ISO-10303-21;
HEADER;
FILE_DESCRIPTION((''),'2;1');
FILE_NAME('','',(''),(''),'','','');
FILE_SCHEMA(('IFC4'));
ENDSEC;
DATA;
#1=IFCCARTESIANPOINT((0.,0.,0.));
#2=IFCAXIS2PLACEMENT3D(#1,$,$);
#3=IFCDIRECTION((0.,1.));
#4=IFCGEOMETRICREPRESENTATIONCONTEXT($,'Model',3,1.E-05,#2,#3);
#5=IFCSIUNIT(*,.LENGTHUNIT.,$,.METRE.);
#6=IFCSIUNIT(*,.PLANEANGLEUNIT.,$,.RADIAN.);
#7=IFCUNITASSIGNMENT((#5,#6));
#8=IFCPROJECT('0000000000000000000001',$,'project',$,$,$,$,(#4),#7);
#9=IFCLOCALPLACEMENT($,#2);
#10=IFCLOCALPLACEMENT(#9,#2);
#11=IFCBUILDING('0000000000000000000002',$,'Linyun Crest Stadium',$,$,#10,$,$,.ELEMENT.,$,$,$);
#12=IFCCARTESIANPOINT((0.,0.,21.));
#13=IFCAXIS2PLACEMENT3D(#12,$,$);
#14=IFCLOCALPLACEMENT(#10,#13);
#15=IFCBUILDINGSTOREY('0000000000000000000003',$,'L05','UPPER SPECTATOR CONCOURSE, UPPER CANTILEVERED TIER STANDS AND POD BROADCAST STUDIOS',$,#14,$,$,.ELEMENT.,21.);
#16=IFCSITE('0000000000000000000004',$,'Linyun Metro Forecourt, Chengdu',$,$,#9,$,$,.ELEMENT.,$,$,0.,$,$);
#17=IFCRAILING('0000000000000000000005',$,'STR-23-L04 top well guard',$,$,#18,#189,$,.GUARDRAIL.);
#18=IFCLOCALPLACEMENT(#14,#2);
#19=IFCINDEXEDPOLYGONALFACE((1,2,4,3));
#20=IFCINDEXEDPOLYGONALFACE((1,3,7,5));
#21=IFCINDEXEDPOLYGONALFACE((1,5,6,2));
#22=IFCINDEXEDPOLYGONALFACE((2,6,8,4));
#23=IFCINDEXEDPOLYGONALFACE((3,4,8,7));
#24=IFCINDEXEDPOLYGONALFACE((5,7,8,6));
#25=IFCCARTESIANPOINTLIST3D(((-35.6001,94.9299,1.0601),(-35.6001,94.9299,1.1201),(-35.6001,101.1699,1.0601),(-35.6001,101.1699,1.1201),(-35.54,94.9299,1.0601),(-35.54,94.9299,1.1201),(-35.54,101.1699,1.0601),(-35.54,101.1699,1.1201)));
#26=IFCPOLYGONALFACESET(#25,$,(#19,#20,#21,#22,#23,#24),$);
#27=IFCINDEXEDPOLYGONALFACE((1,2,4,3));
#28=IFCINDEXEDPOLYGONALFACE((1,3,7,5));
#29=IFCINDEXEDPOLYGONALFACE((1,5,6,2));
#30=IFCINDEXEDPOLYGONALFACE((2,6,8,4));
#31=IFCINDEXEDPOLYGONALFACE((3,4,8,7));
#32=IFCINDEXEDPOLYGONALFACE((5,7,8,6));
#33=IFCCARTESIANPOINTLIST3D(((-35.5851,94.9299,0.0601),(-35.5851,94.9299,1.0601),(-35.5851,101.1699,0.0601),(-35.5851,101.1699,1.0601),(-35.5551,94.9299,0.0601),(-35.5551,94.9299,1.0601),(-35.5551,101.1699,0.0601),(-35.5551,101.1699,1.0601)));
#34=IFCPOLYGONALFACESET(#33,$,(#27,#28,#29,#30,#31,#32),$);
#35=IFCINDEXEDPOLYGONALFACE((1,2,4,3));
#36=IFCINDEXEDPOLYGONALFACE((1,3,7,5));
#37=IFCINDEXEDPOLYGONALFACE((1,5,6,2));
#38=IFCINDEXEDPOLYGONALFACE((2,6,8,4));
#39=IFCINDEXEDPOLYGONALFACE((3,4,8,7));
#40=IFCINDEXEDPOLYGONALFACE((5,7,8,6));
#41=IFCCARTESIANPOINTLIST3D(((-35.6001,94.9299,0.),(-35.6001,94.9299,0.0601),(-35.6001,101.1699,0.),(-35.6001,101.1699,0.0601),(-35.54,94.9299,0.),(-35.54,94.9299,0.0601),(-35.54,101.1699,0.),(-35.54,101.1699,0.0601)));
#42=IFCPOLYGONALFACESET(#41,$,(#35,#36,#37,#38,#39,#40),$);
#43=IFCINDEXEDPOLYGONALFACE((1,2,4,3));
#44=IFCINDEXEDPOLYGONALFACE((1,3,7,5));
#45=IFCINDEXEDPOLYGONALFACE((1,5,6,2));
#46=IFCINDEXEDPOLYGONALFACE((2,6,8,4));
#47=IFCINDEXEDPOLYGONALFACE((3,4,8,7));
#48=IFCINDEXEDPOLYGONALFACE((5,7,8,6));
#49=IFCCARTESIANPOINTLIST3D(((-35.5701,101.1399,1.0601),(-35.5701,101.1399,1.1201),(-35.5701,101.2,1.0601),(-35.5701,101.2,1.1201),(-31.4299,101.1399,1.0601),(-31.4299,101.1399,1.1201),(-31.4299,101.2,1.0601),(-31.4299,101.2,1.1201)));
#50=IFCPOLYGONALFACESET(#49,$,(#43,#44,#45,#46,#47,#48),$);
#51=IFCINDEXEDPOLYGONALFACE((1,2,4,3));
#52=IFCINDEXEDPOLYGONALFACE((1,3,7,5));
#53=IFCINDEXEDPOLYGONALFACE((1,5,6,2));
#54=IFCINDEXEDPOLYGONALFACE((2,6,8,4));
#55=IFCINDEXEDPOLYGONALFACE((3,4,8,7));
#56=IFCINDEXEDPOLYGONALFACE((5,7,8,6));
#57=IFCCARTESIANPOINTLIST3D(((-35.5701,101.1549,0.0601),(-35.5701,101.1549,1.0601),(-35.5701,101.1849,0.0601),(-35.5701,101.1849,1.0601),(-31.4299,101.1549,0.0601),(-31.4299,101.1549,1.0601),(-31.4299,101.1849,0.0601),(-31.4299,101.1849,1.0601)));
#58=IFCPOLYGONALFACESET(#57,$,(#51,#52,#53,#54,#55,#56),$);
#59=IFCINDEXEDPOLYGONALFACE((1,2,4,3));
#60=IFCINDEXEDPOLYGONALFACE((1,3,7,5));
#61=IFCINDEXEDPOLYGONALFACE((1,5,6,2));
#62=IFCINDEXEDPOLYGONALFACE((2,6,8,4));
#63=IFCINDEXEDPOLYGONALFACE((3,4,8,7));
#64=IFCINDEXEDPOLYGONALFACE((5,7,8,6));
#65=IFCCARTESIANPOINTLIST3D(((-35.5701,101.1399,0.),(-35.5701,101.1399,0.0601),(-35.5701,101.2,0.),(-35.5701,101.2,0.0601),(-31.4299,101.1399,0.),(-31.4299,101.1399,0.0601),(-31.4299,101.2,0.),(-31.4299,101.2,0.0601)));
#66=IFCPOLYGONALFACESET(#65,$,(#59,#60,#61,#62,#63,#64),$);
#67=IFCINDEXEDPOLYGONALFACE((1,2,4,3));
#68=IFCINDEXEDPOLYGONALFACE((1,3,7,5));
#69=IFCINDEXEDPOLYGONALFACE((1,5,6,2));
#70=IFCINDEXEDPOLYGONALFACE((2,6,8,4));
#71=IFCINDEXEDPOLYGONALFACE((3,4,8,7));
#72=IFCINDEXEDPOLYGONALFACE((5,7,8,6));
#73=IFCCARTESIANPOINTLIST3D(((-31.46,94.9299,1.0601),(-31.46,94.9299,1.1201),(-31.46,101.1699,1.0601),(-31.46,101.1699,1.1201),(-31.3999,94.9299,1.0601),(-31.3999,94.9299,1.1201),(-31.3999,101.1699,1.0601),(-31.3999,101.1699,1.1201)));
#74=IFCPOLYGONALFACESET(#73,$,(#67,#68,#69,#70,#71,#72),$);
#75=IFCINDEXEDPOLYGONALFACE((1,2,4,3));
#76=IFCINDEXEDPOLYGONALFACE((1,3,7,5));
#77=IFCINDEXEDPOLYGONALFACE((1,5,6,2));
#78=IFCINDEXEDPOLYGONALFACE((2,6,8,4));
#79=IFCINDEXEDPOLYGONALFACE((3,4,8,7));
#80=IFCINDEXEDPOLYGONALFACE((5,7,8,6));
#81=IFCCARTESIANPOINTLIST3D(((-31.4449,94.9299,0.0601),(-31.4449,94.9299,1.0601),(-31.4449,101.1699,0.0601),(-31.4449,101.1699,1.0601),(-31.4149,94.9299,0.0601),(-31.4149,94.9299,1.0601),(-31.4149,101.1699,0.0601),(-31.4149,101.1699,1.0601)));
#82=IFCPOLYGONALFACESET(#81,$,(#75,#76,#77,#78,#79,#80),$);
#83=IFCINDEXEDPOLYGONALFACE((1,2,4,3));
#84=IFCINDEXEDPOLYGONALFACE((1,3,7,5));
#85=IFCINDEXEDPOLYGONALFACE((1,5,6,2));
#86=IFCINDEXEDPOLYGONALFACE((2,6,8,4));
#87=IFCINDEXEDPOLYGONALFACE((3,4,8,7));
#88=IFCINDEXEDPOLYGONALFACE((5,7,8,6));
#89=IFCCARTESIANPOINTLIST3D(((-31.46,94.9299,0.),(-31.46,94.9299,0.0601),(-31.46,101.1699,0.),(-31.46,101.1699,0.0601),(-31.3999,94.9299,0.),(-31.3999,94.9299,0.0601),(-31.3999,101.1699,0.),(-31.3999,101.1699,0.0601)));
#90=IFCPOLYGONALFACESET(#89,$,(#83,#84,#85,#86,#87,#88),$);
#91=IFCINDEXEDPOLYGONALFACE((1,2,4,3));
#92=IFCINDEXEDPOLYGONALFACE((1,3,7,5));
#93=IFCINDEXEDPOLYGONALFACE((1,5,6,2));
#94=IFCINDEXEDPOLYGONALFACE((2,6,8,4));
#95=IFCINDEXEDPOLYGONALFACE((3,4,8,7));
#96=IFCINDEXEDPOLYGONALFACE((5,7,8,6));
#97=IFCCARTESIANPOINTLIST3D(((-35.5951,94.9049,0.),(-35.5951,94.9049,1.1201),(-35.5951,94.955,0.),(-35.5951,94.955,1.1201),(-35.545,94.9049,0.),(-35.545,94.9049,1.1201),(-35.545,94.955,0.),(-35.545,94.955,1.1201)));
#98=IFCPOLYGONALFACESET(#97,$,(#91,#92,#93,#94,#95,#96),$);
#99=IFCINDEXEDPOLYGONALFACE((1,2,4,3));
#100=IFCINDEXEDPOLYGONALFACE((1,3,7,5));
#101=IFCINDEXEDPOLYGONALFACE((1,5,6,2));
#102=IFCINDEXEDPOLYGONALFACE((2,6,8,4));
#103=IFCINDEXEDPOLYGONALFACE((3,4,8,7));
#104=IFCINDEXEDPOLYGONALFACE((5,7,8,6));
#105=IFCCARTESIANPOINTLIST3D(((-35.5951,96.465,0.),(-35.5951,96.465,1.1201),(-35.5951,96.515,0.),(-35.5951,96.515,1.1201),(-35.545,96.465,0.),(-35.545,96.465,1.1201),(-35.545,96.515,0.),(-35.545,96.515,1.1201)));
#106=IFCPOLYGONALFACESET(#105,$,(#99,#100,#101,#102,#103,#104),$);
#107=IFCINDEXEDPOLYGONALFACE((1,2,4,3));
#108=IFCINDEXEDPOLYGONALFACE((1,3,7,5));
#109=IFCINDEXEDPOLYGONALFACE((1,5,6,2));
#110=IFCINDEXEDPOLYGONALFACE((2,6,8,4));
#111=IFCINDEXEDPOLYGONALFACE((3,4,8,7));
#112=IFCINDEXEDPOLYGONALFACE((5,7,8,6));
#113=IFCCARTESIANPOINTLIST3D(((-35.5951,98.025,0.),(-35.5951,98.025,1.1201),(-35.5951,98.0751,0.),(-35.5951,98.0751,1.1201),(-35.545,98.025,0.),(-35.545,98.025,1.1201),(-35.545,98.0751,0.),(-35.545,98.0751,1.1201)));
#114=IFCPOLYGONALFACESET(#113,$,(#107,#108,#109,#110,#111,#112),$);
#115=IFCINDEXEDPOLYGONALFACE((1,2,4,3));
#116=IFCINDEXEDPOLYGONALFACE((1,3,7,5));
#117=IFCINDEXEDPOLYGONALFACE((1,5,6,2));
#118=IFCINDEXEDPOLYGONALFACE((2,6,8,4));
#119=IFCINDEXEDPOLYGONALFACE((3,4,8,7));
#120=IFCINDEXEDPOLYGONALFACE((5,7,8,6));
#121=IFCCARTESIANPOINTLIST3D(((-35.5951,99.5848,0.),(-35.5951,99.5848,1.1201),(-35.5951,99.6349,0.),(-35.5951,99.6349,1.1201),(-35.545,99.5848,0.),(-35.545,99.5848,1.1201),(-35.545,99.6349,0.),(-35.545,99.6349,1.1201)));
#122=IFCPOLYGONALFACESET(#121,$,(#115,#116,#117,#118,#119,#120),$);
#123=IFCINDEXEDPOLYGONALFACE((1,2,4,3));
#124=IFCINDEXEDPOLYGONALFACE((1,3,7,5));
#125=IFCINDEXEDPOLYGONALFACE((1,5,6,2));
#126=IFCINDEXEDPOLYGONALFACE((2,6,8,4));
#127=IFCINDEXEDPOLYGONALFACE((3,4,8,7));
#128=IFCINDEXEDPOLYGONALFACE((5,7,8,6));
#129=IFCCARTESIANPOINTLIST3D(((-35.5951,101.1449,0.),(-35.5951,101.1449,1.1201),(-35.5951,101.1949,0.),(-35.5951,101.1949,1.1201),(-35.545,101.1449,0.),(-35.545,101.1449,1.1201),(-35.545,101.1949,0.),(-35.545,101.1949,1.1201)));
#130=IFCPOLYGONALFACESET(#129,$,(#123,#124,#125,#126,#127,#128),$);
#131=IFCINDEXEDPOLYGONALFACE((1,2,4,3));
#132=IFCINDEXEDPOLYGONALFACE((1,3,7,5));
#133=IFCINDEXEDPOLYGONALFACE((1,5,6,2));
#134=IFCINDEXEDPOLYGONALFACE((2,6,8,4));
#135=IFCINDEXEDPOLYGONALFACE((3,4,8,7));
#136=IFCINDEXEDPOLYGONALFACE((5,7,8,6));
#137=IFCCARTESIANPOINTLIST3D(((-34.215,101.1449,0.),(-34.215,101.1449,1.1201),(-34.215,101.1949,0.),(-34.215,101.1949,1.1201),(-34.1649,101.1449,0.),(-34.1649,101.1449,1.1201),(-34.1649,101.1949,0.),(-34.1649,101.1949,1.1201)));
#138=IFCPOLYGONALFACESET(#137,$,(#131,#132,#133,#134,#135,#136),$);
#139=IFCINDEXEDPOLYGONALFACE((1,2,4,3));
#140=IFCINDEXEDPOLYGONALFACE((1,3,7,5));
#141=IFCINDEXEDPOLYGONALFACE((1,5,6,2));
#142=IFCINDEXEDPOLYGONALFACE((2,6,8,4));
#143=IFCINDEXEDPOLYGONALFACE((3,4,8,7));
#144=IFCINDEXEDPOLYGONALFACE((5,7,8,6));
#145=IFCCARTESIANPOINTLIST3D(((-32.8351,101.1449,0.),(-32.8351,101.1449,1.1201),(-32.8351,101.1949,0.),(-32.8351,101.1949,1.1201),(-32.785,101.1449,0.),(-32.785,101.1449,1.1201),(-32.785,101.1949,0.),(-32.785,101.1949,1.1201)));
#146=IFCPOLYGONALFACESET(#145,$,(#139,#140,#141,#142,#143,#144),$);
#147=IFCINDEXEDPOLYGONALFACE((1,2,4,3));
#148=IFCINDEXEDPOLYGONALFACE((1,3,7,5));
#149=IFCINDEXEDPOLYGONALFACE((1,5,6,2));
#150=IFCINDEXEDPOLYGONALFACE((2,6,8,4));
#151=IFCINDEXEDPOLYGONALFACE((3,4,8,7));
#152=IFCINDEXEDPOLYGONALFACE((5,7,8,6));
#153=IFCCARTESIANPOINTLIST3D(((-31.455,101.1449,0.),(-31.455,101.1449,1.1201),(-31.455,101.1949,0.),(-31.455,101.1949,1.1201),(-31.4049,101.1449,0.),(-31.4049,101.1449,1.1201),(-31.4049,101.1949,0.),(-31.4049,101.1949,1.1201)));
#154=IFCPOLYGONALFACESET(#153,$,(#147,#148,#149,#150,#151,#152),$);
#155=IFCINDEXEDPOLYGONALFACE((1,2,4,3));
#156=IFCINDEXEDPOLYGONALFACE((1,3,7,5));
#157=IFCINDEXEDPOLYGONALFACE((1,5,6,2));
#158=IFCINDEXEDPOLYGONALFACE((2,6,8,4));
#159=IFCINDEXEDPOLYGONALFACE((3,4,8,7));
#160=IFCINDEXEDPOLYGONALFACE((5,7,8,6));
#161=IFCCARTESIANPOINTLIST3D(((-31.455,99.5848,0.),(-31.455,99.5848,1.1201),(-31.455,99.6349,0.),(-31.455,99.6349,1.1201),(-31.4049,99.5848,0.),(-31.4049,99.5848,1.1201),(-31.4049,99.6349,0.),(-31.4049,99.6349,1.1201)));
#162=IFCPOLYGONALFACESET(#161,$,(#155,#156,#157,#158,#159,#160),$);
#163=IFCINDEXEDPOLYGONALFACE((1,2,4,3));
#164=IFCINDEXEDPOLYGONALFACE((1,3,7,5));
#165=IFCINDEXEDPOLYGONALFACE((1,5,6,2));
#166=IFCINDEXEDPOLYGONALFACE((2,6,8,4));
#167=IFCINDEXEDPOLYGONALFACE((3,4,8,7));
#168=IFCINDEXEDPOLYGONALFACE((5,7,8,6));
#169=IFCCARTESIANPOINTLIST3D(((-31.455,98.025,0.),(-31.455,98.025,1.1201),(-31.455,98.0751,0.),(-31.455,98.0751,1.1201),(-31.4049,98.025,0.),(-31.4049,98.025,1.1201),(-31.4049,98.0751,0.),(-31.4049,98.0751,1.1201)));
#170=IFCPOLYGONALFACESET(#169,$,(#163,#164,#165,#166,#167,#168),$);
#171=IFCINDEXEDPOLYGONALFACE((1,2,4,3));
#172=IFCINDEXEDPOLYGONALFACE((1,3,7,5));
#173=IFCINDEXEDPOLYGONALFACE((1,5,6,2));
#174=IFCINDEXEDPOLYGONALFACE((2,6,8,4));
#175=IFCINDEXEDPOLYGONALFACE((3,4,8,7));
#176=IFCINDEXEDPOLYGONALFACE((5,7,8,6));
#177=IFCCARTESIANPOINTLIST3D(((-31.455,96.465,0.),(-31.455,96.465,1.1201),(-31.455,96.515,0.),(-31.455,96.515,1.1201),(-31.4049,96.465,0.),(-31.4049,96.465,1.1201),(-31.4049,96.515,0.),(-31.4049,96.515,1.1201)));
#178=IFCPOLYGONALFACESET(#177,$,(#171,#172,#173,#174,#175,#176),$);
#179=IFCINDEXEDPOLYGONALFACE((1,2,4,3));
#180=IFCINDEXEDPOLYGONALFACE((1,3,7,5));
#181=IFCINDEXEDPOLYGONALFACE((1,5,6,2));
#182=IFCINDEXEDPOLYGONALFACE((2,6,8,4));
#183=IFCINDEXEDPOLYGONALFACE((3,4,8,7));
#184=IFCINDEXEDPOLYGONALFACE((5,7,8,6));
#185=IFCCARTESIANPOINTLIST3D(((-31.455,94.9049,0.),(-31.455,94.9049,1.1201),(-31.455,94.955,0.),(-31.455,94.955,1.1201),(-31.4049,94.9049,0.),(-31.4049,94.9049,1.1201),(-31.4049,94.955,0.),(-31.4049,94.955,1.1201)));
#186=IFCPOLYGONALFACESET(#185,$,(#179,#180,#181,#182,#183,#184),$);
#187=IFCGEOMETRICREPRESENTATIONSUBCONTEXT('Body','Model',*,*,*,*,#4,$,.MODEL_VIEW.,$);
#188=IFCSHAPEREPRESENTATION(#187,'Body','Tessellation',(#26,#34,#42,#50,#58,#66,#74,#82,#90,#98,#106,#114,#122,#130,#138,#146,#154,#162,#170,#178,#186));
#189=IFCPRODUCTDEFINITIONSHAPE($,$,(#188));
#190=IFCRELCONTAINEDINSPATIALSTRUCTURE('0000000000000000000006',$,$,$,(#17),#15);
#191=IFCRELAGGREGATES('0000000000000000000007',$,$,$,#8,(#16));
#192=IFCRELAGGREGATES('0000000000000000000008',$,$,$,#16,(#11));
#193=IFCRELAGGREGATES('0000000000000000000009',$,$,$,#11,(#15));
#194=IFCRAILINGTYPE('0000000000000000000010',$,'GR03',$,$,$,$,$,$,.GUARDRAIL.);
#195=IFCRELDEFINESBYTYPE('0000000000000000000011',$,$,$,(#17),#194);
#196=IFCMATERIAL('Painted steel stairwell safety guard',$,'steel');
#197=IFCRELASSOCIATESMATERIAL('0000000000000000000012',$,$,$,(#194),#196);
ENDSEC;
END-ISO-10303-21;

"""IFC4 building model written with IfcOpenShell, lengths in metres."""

from ifc_helpers import new_model, si_unit, direction, frame, origin, origin_2d, place, context, subcontext, project, spatial, rectangle, extrude, material, type_object, element, save


model = new_model("IFC4")

# Units and contexts
model_context = context("Model", 3, precision=1e-05, world=origin(), true_north=direction((0.0, 1.0)))
body_context = subcontext(model_context, "Body", "Model", "MODEL_VIEW")
ifc_project = project(units=[si_unit("LENGTHUNIT", "METRE"), si_unit("PLANEANGLEUNIT", "RADIAN")], contexts=[model_context])

# Site, building, storey
site_placement = place(None, origin())
site = spatial("IfcSite", under=ifc_project, at=site_placement, Name="Linyun Metro Forecourt, Chengdu", CompositionType="ELEMENT", RefElevation=0.0)
building_placement = place(site_placement, origin())
building = spatial("IfcBuilding", under=site, at=building_placement, Name="Linyun Crest Stadium", CompositionType="ELEMENT")
storey_placement = place(building_placement, frame((0.0, 0.0, 21.0)))
storey = spatial("IfcBuildingStorey", under=building, at=storey_placement, Name="L05", Description="UPPER SPECTATOR CONCOURSE, UPPER CANTILEVERED TIER STANDS AND POD BROADCAST STUDIOS", CompositionType="ELEMENT", Elevation=21.0)

# Railing
ifc_material_1 = material(Name="Painted steel stairwell safety guard", Category="steel")
railing_type_1 = type_object("IfcRailingType", Name="GR03", PredefinedType="GUARDRAIL", material=ifc_material_1)
railing_1_placement = place(storey_placement, frame((-35.5701, 94.9299, 0.0)))
element("IfcRailing", 1, at=railing_1_placement, inside=storey, type_object=railing_type_1, Name="STR-23-L04 top well guard", PredefinedType="GUARDRAIL", context=body_context, shape_type="SweptSolid", body=[
    extrude(rectangle(XDim=0.0601, YDim=0.0601, at=origin_2d()), frame((0.0, 0.0, 1.0901), z_axis=(0.0, 1.0, 0.0), x_axis=(-1.0, 0.0, 0.0)), (0.0, 0.0, 1.0), 6.24),
    extrude(rectangle(XDim=0.03, YDim=1.0, at=origin_2d()), frame((0.0, 0.0, 0.5601), z_axis=(0.0, 1.0, 0.0), x_axis=(-1.0, 0.0, 0.0)), (0.0, 0.0, 1.0), 6.24),
    extrude(rectangle(XDim=0.0601, YDim=0.0601, at=origin_2d()), frame((0.0, 0.0, 0.03), z_axis=(0.0, 1.0, 0.0), x_axis=(-1.0, 0.0, 0.0)), (0.0, 0.0, 1.0), 6.24),
    extrude(rectangle(XDim=0.0601, YDim=0.0601, at=origin_2d()), frame((0.0, 6.24, 1.0901), z_axis=(1.0, 0.0, 0.0), x_axis=(0.0, 1.0, 0.0)), (0.0, 0.0, 1.0), 4.1401),
    extrude(rectangle(XDim=0.03, YDim=1.0, at=origin_2d()), frame((0.0, 6.24, 0.5601), z_axis=(1.0, 0.0, 0.0), x_axis=(0.0, 1.0, 0.0)), (0.0, 0.0, 1.0), 4.1401),
    extrude(rectangle(XDim=0.0601, YDim=0.0601, at=origin_2d()), frame((0.0, 6.24, 0.03), z_axis=(1.0, 0.0, 0.0), x_axis=(0.0, 1.0, 0.0)), (0.0, 0.0, 1.0), 4.1401),
    extrude(rectangle(XDim=0.0601, YDim=0.0601, at=origin_2d()), frame((4.1401, 6.24, 1.0901), z_axis=(0.0, -1.0, 0.0), x_axis=(1.0, 0.0, 0.0)), (0.0, 0.0, 1.0), 6.24),
    extrude(rectangle(XDim=0.03, YDim=1.0, at=origin_2d()), frame((4.1401, 6.24, 0.5601), z_axis=(0.0, -1.0, 0.0), x_axis=(1.0, 0.0, 0.0)), (0.0, 0.0, 1.0), 6.24),
    extrude(rectangle(XDim=0.0601, YDim=0.0601, at=origin_2d()), frame((4.1401, 6.24, 0.03), z_axis=(0.0, -1.0, 0.0), x_axis=(1.0, 0.0, 0.0)), (0.0, 0.0, 1.0), 6.24),
    extrude(rectangle(XDim=0.05, YDim=0.05, at=origin_2d()), origin(), (0.0, 0.0, 1.0), 1.1201),
    extrude(rectangle(XDim=0.05, YDim=0.05, at=origin_2d()), frame((0.0, 1.5601, 0.0)), (0.0, 0.0, 1.0), 1.1201),
    extrude(rectangle(XDim=0.05, YDim=0.05, at=origin_2d()), frame((0.0, 3.1201, 0.0)), (0.0, 0.0, 1.0), 1.1201),
    extrude(rectangle(XDim=0.05, YDim=0.05, at=origin_2d()), frame((0.0, 4.6799, 0.0)), (0.0, 0.0, 1.0), 1.1201),
    extrude(rectangle(XDim=0.05, YDim=0.05, at=origin_2d()), frame((0.0, 6.24, 0.0)), (0.0, 0.0, 1.0), 1.1201),
    extrude(rectangle(XDim=0.05, YDim=0.05, at=origin_2d()), frame((1.3801, 6.24, 0.0)), (0.0, 0.0, 1.0), 1.1201),
    extrude(rectangle(XDim=0.05, YDim=0.05, at=origin_2d()), frame((2.76, 6.24, 0.0)), (0.0, 0.0, 1.0), 1.1201),
    extrude(rectangle(XDim=0.05, YDim=0.05, at=origin_2d()), frame((4.1401, 6.24, 0.0)), (0.0, 0.0, 1.0), 1.1201),
    extrude(rectangle(XDim=0.05, YDim=0.05, at=origin_2d()), frame((4.1401, 4.6799, 0.0)), (0.0, 0.0, 1.0), 1.1201),
    extrude(rectangle(XDim=0.05, YDim=0.05, at=origin_2d()), frame((4.1401, 3.1201, 0.0)), (0.0, 0.0, 1.0), 1.1201),
    extrude(rectangle(XDim=0.05, YDim=0.05, at=origin_2d()), frame((4.1401, 1.5601, 0.0)), (0.0, 0.0, 1.0), 1.1201),
    extrude(rectangle(XDim=0.05, YDim=0.05, at=origin_2d()), frame((4.1401, 0.0, 0.0)), (0.0, 0.0, 1.0), 1.1201),
])

save(model, "model.ifc")
